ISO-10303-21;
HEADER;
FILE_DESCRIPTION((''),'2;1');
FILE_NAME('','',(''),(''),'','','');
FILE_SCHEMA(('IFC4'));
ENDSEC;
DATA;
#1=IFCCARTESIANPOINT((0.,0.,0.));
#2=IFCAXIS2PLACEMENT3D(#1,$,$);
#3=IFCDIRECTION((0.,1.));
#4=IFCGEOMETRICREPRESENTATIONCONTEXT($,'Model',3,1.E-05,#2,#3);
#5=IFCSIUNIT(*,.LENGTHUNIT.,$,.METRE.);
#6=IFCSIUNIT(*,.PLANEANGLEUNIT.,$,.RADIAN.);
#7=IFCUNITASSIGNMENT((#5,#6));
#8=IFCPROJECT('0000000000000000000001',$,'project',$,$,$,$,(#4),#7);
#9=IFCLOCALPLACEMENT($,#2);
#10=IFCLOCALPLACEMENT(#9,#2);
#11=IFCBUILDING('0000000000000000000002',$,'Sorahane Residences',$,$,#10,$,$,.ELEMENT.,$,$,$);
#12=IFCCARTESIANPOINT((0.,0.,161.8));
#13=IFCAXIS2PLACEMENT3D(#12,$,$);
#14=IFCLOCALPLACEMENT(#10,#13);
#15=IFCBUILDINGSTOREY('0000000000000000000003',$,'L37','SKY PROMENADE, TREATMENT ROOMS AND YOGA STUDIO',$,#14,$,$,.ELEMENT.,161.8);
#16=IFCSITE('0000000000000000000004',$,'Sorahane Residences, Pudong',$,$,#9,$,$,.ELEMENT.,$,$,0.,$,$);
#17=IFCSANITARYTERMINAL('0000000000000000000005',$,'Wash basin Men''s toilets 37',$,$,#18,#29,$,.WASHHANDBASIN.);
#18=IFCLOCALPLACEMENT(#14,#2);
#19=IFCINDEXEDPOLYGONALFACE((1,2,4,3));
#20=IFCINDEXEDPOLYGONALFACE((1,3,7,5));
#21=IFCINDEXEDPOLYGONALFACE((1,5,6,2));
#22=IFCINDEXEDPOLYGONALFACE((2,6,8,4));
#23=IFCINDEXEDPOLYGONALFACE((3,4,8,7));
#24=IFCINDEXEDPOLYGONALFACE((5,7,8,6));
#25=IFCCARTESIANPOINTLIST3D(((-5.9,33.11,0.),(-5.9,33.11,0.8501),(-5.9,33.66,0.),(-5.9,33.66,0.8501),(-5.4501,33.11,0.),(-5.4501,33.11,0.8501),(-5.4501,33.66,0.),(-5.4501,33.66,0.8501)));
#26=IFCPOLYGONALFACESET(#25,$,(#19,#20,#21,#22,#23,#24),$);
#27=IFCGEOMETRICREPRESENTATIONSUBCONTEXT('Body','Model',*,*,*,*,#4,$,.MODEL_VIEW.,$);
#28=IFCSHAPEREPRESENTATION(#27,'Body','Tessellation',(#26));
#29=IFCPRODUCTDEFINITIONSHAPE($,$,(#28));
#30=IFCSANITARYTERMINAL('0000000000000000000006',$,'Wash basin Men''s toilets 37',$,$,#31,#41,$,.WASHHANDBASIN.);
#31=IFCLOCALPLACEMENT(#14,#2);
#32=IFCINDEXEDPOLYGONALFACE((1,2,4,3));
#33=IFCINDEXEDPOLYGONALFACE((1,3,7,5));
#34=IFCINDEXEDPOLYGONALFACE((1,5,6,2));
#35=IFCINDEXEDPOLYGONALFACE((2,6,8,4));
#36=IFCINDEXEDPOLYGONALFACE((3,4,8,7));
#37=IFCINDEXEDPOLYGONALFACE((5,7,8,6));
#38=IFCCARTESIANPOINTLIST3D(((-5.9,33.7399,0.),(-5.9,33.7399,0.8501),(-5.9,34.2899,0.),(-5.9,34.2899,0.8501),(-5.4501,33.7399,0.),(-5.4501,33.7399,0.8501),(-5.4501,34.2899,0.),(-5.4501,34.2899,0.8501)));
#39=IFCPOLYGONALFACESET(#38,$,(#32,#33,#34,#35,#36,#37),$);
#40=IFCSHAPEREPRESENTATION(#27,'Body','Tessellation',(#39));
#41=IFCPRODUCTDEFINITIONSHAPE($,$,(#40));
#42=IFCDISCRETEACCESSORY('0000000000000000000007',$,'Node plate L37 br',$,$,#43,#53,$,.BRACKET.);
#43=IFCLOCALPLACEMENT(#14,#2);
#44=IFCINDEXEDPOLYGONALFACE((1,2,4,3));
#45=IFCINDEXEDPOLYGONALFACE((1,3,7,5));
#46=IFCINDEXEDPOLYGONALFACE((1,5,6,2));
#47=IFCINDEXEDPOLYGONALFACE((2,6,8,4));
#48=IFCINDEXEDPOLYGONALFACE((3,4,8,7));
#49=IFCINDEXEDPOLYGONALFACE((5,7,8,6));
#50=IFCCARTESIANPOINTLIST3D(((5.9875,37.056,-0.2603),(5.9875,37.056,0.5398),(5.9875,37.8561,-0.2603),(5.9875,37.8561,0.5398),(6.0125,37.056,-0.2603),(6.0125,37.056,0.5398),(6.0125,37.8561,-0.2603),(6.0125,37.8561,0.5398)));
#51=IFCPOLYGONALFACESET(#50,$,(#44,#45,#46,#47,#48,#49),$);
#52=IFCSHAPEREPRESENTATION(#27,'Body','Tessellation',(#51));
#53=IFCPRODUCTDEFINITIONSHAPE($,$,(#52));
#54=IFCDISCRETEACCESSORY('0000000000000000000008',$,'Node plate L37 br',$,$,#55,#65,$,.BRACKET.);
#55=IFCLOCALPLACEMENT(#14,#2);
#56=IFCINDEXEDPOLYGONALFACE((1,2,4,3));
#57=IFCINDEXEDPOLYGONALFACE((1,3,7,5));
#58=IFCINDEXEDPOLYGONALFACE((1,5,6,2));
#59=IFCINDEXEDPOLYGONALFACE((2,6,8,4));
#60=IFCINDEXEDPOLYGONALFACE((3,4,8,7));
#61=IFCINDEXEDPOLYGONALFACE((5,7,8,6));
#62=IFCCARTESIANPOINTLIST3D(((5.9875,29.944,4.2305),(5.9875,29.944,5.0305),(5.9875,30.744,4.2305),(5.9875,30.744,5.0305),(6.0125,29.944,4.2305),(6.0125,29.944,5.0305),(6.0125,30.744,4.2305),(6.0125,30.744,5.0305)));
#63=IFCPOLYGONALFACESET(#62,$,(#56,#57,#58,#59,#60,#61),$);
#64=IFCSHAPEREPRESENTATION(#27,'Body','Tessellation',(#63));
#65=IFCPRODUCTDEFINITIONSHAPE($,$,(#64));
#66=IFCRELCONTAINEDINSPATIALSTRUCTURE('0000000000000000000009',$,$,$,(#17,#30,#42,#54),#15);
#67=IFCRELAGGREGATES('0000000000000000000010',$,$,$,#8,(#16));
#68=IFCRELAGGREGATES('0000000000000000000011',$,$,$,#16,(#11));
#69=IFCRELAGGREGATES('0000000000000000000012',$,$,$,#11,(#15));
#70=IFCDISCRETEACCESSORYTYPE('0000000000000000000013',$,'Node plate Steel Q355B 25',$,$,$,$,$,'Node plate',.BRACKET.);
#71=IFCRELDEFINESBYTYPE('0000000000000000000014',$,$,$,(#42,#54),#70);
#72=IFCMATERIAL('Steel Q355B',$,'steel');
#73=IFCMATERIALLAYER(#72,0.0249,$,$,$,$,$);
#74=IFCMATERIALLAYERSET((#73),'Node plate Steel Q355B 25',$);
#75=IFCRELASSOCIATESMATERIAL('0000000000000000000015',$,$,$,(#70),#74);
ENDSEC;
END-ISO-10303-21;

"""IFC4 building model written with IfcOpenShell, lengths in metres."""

from ifc_helpers import new_model, si_unit, direction, frame, origin, origin_2d, place, context, subcontext, project, spatial, rectangle, extrude, material, layer, layer_set, type_object, element, save


model = new_model("IFC4")

# Units and contexts
model_context = context("Model", 3, precision=1e-05, world=origin(), true_north=direction((0.0, 1.0)))
body_context = subcontext(model_context, "Body", "Model", "MODEL_VIEW")
ifc_project = project(units=[si_unit("LENGTHUNIT", "METRE"), si_unit("PLANEANGLEUNIT", "RADIAN")], contexts=[model_context])

# Site, building, storey
site_placement = place(None, origin())
site = spatial("IfcSite", under=ifc_project, at=site_placement, Name="Sorahane Residences, Pudong", CompositionType="ELEMENT", RefElevation=0.0)
building_placement = place(site_placement, origin())
building = spatial("IfcBuilding", under=site, at=building_placement, Name="Sorahane Residences", CompositionType="ELEMENT")
storey_placement = place(building_placement, frame((0.0, 0.0, 161.8)))
storey = spatial("IfcBuildingStorey", under=building, at=storey_placement, Name="L37", Description="SKY PROMENADE, TREATMENT ROOMS AND YOGA STUDIO", CompositionType="ELEMENT", Elevation=161.8)

# Sanitary terminals
for number, where, z_axis, x_axis, name in (
    (1, (-5.675, 33.385, 0.0), (0.0, 0.0, 1.0), (0.0, 1.0, 0.0), "Wash basin Men's toilets 37"),
    (2, (-5.675, 34.0149, 0.0), (0.0, 0.0, 1.0), (0.0, 1.0, 0.0), "Wash basin Men's toilets 37"),
):
    element("IfcSanitaryTerminal", number, at=place(storey_placement, frame(where, z_axis=z_axis, x_axis=x_axis)), inside=storey, Name=name, PredefinedType="WASHHANDBASIN", context=body_context, shape_type="SweptSolid", body=[
        extrude(rectangle(XDim=0.55, YDim=0.45, at=origin_2d()), origin(), (0.0, 0.0, 1.0), 0.8501),
    ])

# Discrete accessories
ifc_material_1 = material(Name="Steel Q355B", Category="steel")
ifc_layer_1 = layer(ifc_material_1, 0.0249)
ifc_layer_set_1 = layer_set([ifc_layer_1], Name="Node plate Steel Q355B 25")
discrete_accessory_type = type_object("IfcDiscreteAccessoryType", Name="Node plate Steel Q355B 25", ElementType="Node plate", PredefinedType="BRACKET", material=ifc_layer_set_1)
for number, where, z_axis, x_axis, name in (
    (3, (6.0, 37.4561, -0.2603), (0.0, 0.0, 1.0), (0.0, 1.0, 0.0), "Node plate L37 br"),
    (4, (6.0, 30.344, 4.2305), (0.0, 0.0, 1.0), (0.0, 1.0, 0.0), "Node plate L37 br"),
):
    element("IfcDiscreteAccessory", number, at=place(storey_placement, frame(where, z_axis=z_axis, x_axis=x_axis)), inside=storey, type_object=discrete_accessory_type, Name=name, PredefinedType="BRACKET", context=body_context, shape_type="SweptSolid", body=[
        extrude(rectangle(XDim=0.8, YDim=0.0249, at=origin_2d()), origin(), (0.0, 0.0, 1.0), 0.8),
    ])

save(model, "model.ifc")
